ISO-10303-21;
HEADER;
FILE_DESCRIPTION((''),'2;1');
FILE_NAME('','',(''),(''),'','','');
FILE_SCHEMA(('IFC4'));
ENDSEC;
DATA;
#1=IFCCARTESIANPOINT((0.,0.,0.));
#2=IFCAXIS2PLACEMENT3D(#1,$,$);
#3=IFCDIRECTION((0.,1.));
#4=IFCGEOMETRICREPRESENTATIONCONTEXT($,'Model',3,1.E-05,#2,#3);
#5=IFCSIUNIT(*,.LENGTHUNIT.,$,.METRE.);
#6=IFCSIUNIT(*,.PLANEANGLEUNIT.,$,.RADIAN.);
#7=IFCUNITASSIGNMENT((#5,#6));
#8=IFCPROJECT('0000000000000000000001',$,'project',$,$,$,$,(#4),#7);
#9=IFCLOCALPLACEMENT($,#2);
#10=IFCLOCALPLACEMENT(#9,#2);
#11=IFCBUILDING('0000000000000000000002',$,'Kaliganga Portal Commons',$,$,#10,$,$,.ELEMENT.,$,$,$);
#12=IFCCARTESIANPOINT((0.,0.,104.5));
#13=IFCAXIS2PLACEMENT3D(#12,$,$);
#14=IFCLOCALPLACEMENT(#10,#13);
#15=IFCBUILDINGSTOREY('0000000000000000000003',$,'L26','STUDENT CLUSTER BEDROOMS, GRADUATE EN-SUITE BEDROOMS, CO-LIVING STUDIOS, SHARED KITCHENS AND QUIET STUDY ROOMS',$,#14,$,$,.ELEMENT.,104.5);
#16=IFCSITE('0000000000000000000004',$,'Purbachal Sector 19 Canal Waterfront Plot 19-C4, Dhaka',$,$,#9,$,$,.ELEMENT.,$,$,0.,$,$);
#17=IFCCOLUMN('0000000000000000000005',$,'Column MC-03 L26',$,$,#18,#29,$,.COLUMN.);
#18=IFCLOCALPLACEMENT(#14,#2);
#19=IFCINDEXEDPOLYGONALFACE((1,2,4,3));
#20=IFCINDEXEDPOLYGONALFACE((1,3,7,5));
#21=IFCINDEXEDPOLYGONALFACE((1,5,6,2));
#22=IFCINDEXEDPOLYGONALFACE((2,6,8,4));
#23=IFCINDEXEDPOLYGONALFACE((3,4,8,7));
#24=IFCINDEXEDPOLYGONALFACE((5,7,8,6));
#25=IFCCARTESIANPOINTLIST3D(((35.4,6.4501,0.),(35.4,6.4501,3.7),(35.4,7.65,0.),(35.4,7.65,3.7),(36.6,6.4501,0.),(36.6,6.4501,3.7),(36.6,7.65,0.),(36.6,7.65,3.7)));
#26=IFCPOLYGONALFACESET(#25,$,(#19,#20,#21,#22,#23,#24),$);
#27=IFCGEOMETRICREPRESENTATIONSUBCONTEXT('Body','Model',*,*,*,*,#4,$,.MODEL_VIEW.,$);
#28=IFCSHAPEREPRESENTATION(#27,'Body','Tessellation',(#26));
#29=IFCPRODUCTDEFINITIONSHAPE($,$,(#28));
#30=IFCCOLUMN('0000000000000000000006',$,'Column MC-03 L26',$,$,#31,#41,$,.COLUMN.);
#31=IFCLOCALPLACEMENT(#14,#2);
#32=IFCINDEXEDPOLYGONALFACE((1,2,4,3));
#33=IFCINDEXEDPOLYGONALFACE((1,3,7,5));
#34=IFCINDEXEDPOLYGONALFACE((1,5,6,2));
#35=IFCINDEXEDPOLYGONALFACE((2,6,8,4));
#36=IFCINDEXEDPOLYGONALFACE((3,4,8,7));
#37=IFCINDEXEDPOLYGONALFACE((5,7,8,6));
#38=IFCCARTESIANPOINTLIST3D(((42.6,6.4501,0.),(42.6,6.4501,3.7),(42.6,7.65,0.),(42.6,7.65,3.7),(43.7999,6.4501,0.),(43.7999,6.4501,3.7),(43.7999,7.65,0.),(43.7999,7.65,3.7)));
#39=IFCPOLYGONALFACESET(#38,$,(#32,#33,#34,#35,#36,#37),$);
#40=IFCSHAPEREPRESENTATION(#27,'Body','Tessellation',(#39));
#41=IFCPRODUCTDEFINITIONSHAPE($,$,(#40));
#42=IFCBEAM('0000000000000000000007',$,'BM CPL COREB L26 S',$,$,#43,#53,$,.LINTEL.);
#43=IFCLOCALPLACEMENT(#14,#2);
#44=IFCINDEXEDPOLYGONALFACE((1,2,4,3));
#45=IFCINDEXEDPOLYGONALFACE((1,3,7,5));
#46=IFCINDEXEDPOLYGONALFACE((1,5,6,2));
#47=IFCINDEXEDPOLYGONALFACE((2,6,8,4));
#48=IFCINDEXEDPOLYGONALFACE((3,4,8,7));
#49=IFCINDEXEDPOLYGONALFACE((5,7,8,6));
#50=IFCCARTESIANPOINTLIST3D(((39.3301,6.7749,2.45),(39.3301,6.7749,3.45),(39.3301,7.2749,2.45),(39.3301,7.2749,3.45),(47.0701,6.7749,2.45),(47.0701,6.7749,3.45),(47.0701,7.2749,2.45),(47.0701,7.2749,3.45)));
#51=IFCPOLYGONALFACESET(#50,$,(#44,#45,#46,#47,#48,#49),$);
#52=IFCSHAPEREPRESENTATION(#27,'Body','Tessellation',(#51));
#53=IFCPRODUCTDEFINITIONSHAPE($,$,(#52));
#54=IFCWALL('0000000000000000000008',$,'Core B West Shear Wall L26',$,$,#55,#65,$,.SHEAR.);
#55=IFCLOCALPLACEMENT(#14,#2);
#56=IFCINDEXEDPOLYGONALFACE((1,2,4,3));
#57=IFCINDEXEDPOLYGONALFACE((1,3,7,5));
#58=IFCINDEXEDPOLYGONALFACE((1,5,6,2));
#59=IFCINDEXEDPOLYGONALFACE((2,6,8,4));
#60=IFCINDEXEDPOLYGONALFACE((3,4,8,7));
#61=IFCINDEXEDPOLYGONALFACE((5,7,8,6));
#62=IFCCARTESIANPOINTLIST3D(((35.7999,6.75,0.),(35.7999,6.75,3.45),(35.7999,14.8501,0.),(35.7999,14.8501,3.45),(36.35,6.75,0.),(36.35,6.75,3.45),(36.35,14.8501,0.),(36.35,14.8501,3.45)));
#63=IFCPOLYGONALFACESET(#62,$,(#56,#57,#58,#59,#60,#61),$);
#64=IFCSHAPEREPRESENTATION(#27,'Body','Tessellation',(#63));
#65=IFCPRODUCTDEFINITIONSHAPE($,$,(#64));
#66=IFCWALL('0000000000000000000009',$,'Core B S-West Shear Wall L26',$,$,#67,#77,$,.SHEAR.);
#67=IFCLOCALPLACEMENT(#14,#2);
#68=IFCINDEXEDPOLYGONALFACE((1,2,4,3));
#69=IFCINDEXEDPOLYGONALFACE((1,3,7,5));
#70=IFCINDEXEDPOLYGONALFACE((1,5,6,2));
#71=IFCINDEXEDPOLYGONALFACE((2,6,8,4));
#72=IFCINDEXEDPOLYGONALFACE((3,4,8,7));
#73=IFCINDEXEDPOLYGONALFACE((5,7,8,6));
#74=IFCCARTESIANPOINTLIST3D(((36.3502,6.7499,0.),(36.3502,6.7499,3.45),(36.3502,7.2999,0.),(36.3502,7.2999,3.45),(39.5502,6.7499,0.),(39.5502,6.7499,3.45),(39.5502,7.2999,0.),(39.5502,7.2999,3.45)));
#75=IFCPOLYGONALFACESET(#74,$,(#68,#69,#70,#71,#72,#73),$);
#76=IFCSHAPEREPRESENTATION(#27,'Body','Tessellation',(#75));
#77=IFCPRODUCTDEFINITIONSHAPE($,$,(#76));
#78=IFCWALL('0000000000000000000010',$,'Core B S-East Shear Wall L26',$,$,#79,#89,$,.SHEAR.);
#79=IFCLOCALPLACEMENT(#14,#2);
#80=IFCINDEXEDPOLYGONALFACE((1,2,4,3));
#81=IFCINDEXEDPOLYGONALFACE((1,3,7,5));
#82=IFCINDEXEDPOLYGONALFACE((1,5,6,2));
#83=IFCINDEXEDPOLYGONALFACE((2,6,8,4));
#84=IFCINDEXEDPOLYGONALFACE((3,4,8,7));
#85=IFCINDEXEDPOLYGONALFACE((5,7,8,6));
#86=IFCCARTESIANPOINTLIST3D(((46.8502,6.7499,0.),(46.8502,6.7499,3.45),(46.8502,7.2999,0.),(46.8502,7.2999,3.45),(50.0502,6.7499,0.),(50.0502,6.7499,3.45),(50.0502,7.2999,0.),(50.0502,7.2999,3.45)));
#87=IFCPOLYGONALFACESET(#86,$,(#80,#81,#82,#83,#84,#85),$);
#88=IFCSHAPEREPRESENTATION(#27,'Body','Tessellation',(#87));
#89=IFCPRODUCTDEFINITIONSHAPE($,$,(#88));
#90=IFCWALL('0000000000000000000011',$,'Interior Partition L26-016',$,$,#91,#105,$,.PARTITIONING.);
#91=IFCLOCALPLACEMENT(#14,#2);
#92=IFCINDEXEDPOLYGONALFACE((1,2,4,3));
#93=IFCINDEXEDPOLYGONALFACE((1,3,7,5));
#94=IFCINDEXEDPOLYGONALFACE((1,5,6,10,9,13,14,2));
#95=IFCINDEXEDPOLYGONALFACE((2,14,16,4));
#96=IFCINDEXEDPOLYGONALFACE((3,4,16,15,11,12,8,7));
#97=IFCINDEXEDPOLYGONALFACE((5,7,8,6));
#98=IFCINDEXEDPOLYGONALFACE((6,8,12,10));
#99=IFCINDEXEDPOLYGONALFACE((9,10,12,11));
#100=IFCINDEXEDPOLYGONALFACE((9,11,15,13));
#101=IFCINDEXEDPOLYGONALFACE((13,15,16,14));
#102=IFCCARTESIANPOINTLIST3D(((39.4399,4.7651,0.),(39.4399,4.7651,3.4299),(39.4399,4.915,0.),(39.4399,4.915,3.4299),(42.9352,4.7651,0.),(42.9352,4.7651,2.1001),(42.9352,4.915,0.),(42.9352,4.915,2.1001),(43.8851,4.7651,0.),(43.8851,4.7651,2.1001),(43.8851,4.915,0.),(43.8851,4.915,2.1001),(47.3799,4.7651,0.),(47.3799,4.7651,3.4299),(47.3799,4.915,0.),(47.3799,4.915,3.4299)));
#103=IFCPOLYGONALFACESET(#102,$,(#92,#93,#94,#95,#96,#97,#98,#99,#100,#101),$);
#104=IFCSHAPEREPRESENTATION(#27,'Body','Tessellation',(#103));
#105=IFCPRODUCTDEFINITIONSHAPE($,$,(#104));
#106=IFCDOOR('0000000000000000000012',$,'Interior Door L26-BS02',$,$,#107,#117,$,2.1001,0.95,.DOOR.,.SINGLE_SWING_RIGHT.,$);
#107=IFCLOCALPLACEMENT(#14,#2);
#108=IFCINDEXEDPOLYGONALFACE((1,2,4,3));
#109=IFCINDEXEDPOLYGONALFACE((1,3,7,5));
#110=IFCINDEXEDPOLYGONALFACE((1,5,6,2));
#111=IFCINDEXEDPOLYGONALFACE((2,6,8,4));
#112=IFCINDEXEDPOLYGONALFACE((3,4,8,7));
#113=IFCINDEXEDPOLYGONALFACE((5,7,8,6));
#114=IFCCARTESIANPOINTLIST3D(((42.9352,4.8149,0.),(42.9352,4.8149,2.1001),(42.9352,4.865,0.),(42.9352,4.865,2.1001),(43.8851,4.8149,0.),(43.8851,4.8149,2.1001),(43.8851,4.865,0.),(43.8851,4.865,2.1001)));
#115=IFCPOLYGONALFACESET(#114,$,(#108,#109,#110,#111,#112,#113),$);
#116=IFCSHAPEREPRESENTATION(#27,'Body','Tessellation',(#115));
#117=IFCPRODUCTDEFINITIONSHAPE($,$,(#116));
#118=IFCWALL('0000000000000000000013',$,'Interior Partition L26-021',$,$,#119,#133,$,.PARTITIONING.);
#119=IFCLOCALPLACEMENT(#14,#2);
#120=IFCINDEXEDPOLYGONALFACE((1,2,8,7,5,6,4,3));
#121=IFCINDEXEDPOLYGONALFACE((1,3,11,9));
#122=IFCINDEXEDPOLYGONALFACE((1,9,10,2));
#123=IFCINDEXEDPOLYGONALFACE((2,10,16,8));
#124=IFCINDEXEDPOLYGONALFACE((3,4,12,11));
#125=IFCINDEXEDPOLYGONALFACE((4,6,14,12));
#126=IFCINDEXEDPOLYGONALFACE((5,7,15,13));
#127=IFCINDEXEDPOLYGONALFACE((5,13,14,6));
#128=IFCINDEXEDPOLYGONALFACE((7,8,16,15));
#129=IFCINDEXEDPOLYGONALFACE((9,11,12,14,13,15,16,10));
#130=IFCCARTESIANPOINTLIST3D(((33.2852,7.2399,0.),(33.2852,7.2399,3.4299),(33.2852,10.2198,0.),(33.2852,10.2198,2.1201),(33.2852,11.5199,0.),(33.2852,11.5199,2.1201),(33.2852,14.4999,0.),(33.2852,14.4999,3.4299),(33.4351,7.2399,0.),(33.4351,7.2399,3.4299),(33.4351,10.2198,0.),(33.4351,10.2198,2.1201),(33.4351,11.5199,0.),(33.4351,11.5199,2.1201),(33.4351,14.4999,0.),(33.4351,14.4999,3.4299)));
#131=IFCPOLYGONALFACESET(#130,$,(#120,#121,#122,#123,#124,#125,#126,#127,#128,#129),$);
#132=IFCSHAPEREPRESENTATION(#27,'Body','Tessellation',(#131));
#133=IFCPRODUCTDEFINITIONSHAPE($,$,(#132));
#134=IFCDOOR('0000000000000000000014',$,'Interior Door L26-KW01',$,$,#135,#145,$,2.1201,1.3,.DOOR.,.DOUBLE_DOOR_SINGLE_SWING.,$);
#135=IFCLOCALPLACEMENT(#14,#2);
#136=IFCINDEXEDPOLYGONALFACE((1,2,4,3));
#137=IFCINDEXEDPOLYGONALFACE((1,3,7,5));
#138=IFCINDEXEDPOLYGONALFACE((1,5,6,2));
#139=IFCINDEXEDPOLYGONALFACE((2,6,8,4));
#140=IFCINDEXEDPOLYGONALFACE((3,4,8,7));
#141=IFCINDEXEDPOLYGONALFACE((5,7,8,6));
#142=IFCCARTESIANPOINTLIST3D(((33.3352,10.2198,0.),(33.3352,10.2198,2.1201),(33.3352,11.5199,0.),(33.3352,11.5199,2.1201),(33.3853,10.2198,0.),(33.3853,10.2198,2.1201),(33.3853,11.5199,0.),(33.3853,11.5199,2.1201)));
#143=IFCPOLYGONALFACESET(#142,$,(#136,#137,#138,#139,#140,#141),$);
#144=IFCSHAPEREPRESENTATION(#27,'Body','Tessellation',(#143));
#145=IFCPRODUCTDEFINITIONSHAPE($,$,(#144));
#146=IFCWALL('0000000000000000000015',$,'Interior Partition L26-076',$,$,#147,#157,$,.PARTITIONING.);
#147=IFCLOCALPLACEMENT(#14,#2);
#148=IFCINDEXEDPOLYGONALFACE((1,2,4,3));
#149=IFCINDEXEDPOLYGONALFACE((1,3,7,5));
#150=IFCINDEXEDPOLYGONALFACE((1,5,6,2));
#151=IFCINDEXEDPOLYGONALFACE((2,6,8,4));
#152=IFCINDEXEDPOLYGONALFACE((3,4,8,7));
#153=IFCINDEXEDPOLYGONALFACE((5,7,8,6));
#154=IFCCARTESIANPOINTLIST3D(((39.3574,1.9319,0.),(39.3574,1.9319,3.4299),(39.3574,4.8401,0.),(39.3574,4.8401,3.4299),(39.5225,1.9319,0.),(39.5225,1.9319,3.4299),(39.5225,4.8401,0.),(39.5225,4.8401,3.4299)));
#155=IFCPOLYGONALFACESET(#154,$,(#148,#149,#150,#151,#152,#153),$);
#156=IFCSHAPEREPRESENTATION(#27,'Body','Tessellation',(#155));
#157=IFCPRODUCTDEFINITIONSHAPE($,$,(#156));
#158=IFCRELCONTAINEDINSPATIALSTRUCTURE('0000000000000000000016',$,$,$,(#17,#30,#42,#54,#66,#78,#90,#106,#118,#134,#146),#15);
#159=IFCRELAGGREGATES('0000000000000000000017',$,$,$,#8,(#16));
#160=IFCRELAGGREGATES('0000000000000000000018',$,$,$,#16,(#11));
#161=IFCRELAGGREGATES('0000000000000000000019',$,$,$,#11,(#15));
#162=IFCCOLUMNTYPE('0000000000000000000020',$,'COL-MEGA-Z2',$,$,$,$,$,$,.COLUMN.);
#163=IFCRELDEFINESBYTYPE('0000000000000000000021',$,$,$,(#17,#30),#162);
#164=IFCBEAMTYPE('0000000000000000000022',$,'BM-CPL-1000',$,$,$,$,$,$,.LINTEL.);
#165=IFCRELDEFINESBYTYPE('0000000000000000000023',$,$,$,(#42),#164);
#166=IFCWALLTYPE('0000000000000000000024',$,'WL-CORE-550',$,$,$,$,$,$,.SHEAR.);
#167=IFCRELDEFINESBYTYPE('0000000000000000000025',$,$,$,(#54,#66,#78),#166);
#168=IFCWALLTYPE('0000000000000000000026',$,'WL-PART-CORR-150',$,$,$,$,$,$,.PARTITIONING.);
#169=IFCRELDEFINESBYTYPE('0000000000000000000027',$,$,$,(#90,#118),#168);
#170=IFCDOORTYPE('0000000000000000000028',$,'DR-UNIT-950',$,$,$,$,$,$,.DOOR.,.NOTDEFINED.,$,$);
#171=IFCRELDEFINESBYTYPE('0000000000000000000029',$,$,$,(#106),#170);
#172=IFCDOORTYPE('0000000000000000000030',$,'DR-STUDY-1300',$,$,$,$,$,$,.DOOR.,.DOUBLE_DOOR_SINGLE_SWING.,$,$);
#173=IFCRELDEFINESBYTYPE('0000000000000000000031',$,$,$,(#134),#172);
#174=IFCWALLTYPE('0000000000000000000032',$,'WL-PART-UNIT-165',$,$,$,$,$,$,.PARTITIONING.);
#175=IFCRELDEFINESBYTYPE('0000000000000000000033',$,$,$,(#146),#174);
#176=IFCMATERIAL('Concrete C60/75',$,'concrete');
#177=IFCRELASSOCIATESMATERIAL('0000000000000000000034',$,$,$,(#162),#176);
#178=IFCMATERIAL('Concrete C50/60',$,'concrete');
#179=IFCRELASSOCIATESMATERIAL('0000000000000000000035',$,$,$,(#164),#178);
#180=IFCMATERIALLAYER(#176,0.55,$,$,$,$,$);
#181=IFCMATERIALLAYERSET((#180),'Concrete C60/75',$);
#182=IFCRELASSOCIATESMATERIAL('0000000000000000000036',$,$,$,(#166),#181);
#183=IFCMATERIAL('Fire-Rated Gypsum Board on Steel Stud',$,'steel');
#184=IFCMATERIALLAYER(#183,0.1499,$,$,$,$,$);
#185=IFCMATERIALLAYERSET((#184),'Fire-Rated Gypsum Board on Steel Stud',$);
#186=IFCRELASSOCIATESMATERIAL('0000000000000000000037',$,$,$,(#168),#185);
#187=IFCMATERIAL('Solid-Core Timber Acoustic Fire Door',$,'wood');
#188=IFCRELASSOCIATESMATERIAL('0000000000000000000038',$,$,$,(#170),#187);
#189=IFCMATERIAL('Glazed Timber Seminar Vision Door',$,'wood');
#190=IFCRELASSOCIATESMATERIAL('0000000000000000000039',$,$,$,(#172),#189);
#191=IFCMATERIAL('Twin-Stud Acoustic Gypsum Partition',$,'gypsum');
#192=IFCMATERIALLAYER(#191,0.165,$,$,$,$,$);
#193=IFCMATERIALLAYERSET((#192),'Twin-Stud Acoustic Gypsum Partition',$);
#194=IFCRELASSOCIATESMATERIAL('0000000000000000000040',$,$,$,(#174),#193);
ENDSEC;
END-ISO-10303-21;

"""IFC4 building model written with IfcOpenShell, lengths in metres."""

from ifc_helpers import new_model, si_unit, direction, frame, frame_2d, origin, origin_2d, place, context, subcontext, project, spatial, rectangle, extrude, source, transform, mapped, material, layer, layer_set, material_profile, profile_set, type_object, element, fill, save


model = new_model("IFC4")

# Units and contexts
model_context = context("Model", 3, precision=1e-05, world=origin(), true_north=direction((0.0, 1.0)))
body_context = subcontext(model_context, "Body", "Model", "MODEL_VIEW")
ifc_project = project(units=[si_unit("LENGTHUNIT", "METRE"), si_unit("PLANEANGLEUNIT", "RADIAN")], contexts=[model_context])

# Site, building, storey
site_placement = place(None, origin())
site = spatial("IfcSite", under=ifc_project, at=site_placement, Name="Purbachal Sector 19 Canal Waterfront Plot 19-C4, Dhaka", CompositionType="ELEMENT", RefElevation=0.0)
building_placement = place(site_placement, origin())
building = spatial("IfcBuilding", under=site, at=building_placement, Name="Kaliganga Portal Commons", CompositionType="ELEMENT")
storey_placement = place(building_placement, frame((0.0, 0.0, 104.5)))
storey = spatial("IfcBuildingStorey", under=building, at=storey_placement, Name="L26", Description="STUDENT CLUSTER BEDROOMS, GRADUATE EN-SUITE BEDROOMS, CO-LIVING STUDIOS, SHARED KITCHENS AND QUIET STUDY ROOMS", CompositionType="ELEMENT", Elevation=104.5)

# Columns
ifc_material_1 = material(Name="Concrete C60/75", Category="concrete")
ifc_material_profile_1 = material_profile(ifc_material_1, rectangle(XDim=1.2, YDim=1.2, at=origin_2d()), Name="RC 1200x1200")
ifc_profile_set_1 = profile_set([ifc_material_profile_1], Name="Concrete C60/75")
column_type = type_object("IfcColumnType", Name="COL-MEGA-Z2", PredefinedType="COLUMN", material=ifc_profile_set_1)
shared_shape_1 = source(origin(), body_context, "Body", "SweptSolid", [
    extrude(rectangle(XDim=1.2, YDim=1.2, at=origin_2d()), origin(), (0.0, 0.0, 1.0), 3.7),
])
for number, where, z_axis, x_axis, name in (
    (1, (36.0, 7.05, 0.0), (0.0, 0.0, 1.0), (1.0, 0.0, 0.0), "Column MC-03 L26"),
    (2, (43.2, 7.05, 0.0), (0.0, 0.0, 1.0), (1.0, 0.0, 0.0), "Column MC-03 L26"),
):
    element("IfcColumn", number, at=place(storey_placement, frame(where, z_axis=z_axis, x_axis=x_axis)), inside=storey, type_object=column_type, Name=name, PredefinedType="COLUMN", context=body_context, shape_type="MappedRepresentation", body=[
        mapped(shared_shape_1, transform((0.0, 0.0, 0.0), x_axis=(1.0, 0.0, 0.0), y_axis=(0.0, 1.0, 0.0), z_axis=(0.0, 0.0, 1.0), scale=1.0)),
    ])

# Beam
ifc_material_2 = material(Name="Concrete C50/60", Category="concrete")
ifc_material_profile_2 = material_profile(ifc_material_2, rectangle(XDim=0.5, YDim=1.0, at=origin_2d()), Name="RC 500x1000")
ifc_profile_set_2 = profile_set([ifc_material_profile_2], Name="Concrete C50/60")
beam_type = type_object("IfcBeamType", Name="BM-CPL-1000", PredefinedType="LINTEL", material=ifc_profile_set_2)
shared_shape_2 = source(origin(), body_context, "Body", "SweptSolid", [
    extrude(rectangle(XDim=0.5, YDim=1.0, at=origin_2d()), origin(), (0.0, 0.0, 1.0), 7.74),
])
beam_placement = place(storey_placement, frame((39.3301, 7.0249, 2.95), z_axis=(1.0, 0.0, 0.0), x_axis=(0.0, 1.0, 0.0)))
element("IfcBeam", 3, at=beam_placement, inside=storey, type_object=beam_type, Name="BM CPL COREB L26 S", PredefinedType="LINTEL", context=body_context, shape_type="MappedRepresentation", body=[
    mapped(shared_shape_2, transform((0.0, 0.0, 0.0), x_axis=(1.0, 0.0, 0.0), y_axis=(0.0, 1.0, 0.0), z_axis=(0.0, 0.0, 1.0), scale=1.0)),
])

# Walls
ifc_layer_1 = layer(ifc_material_1, 0.55)
ifc_layer_set_1 = layer_set([ifc_layer_1], Name="Concrete C60/75")
wall_type_1 = type_object("IfcWallType", Name="WL-CORE-550", PredefinedType="SHEAR", material=ifc_layer_set_1)
wall_1_placement = place(storey_placement, frame((36.075, 6.75, 0.0), z_axis=(0.0, 0.0, 1.0), x_axis=(0.0, 1.0, 0.0)))
element("IfcWall", 4, at=wall_1_placement, inside=storey, type_object=wall_type_1, Name="Core B West Shear Wall L26", PredefinedType="SHEAR", context=body_context, shape_type="SweptSolid", body=[
    extrude(rectangle(XDim=8.1001, YDim=0.55, at=frame_2d((4.05, 0.0))), origin(), (0.0, 0.0, 1.0), 3.45),
])
for number, where, z_axis, x_axis, name in (
    (5, (36.3501, 7.0249, 0.0), (0.0, 0.0, 1.0), (1.0, 0.0, 0.0), "Core B S-West Shear Wall L26"),
    (6, (46.8501, 7.0249, 0.0), (0.0, 0.0, 1.0), (1.0, 0.0, 0.0), "Core B S-East Shear Wall L26"),
):
    element("IfcWall", number, at=place(storey_placement, frame(where, z_axis=z_axis, x_axis=x_axis)), inside=storey, type_object=wall_type_1, Name=name, PredefinedType="SHEAR", context=body_context, shape_type="SweptSolid", body=[
        extrude(rectangle(XDim=3.2, YDim=0.55, at=frame_2d((1.6001, 0.0))), origin(), (0.0, 0.0, 1.0), 3.45),
    ])

# Walls, openings, doors
ifc_material_3 = material(Name="Fire-Rated Gypsum Board on Steel Stud", Category="steel")
ifc_layer_2 = layer(ifc_material_3, 0.1499)
ifc_layer_set_2 = layer_set([ifc_layer_2], Name="Fire-Rated Gypsum Board on Steel Stud")
wall_type_2 = type_object("IfcWallType", Name="WL-PART-CORR-150", PredefinedType="PARTITIONING", material=ifc_layer_set_2)
wall_2_placement = place(storey_placement, frame((39.4399, 4.8401, 0.0), z_axis=(0.0, 0.0, 1.0), x_axis=(1.0, 0.0, 0.0)))
wall_2 = element("IfcWall", 7, at=wall_2_placement, inside=storey, type_object=wall_type_2, Name="Interior Partition L26-016", PredefinedType="PARTITIONING", context=body_context, shape_type="SweptSolid", body=[
    extrude(rectangle(XDim=7.9399, YDim=0.1499, at=frame_2d((3.97, 0.0))), origin(), (0.0, 0.0, 1.0), 3.4299),
])
opening_1_placement = place(wall_2_placement, frame((3.4951, 0.0, 0.0)))
opening_1 = element("IfcOpeningElement", 8, at=opening_1_placement, cuts=wall_2, PredefinedType="OPENING", context=body_context, shape_type="SweptSolid", body=[
    extrude(rectangle(XDim=0.95, YDim=2.1001, at=frame_2d((0.4751, 1.05))), frame((0.0, 0.085, 0.0), z_axis=(0.0, -1.0, 0.0), x_axis=(1.0, 0.0, 0.0)), (0.0, 0.0, 1.0), 0.1699),
])
ifc_material_4 = material(Name="Solid-Core Timber Acoustic Fire Door", Category="wood")
door_type_1 = type_object("IfcDoorType", Name="DR-UNIT-950", OperationType="NOTDEFINED", PredefinedType="DOOR", material=ifc_material_4)
door_1_placement = place(opening_1_placement, origin())
door_1 = element("IfcDoor", 9, at=door_1_placement, inside=storey, type_object=door_type_1, Name="Interior Door L26-BS02", OperationType="SINGLE_SWING_RIGHT", OverallHeight=2.1001, OverallWidth=0.95, PredefinedType="DOOR", context=body_context, shape_type="SweptSolid", body=[
    extrude(rectangle(XDim=0.95, YDim=2.1001, at=frame_2d((0.4751, 1.05))), frame((0.0, 0.0249, 0.0), z_axis=(0.0, -1.0, 0.0), x_axis=(1.0, 0.0, 0.0)), (0.0, 0.0, 1.0), 0.05),
])
fill(opening_1, door_1)
wall_3_placement = place(storey_placement, frame((33.3601, 7.24, 0.0), z_axis=(0.0, 0.0, 1.0), x_axis=(0.0, 1.0, 0.0)))
wall_3 = element("IfcWall", 10, at=wall_3_placement, inside=storey, type_object=wall_type_2, Name="Interior Partition L26-021", PredefinedType="PARTITIONING", context=body_context, shape_type="SweptSolid", body=[
    extrude(rectangle(XDim=7.26, YDim=0.1499, at=frame_2d((3.6299, 0.0))), origin(), (0.0, 0.0, 1.0), 3.4299),
])
opening_2_placement = place(wall_3_placement, frame((2.98, 0.0, 0.0)))
opening_2 = element("IfcOpeningElement", 11, at=opening_2_placement, cuts=wall_3, PredefinedType="OPENING", context=body_context, shape_type="SweptSolid", body=[
    extrude(rectangle(XDim=1.3, YDim=2.1201, at=frame_2d((0.6499, 1.0601))), frame((0.0, 0.085, 0.0), z_axis=(0.0, -1.0, 0.0), x_axis=(1.0, 0.0, 0.0)), (0.0, 0.0, 1.0), 0.1699),
])
ifc_material_5 = material(Name="Glazed Timber Seminar Vision Door", Category="wood")
door_type_2 = type_object("IfcDoorType", Name="DR-STUDY-1300", OperationType="DOUBLE_DOOR_SINGLE_SWING", PredefinedType="DOOR", material=ifc_material_5)
door_2_placement = place(opening_2_placement, origin())
door_2 = element("IfcDoor", 12, at=door_2_placement, inside=storey, type_object=door_type_2, Name="Interior Door L26-KW01", OperationType="DOUBLE_DOOR_SINGLE_SWING", OverallHeight=2.1201, OverallWidth=1.3, PredefinedType="DOOR", context=body_context, shape_type="SweptSolid", body=[
    extrude(rectangle(XDim=1.3, YDim=2.1201, at=frame_2d((0.6499, 1.0601))), frame((0.0, 0.0249, 0.0), z_axis=(0.0, -1.0, 0.0), x_axis=(1.0, 0.0, 0.0)), (0.0, 0.0, 1.0), 0.05),
])
fill(opening_2, door_2)

# Wall
ifc_material_6 = material(Name="Twin-Stud Acoustic Gypsum Partition", Category="gypsum")
ifc_layer_3 = layer(ifc_material_6, 0.165)
ifc_layer_set_3 = layer_set([ifc_layer_3], Name="Twin-Stud Acoustic Gypsum Partition")
wall_type_3 = type_object("IfcWallType", Name="WL-PART-UNIT-165", PredefinedType="PARTITIONING", material=ifc_layer_set_3)
wall_4_placement = place(storey_placement, frame((39.4399, 1.9319, 0.0), z_axis=(0.0, 0.0, 1.0), x_axis=(0.0, 1.0, 0.0)))
element("IfcWall", 13, at=wall_4_placement, inside=storey, type_object=wall_type_3, Name="Interior Partition L26-076", PredefinedType="PARTITIONING", context=body_context, shape_type="SweptSolid", body=[
    extrude(rectangle(XDim=2.9082, YDim=0.165, at=frame_2d((1.4541, 0.0))), origin(), (0.0, 0.0, 1.0), 3.4299),
])

save(model, "model.ifc")
